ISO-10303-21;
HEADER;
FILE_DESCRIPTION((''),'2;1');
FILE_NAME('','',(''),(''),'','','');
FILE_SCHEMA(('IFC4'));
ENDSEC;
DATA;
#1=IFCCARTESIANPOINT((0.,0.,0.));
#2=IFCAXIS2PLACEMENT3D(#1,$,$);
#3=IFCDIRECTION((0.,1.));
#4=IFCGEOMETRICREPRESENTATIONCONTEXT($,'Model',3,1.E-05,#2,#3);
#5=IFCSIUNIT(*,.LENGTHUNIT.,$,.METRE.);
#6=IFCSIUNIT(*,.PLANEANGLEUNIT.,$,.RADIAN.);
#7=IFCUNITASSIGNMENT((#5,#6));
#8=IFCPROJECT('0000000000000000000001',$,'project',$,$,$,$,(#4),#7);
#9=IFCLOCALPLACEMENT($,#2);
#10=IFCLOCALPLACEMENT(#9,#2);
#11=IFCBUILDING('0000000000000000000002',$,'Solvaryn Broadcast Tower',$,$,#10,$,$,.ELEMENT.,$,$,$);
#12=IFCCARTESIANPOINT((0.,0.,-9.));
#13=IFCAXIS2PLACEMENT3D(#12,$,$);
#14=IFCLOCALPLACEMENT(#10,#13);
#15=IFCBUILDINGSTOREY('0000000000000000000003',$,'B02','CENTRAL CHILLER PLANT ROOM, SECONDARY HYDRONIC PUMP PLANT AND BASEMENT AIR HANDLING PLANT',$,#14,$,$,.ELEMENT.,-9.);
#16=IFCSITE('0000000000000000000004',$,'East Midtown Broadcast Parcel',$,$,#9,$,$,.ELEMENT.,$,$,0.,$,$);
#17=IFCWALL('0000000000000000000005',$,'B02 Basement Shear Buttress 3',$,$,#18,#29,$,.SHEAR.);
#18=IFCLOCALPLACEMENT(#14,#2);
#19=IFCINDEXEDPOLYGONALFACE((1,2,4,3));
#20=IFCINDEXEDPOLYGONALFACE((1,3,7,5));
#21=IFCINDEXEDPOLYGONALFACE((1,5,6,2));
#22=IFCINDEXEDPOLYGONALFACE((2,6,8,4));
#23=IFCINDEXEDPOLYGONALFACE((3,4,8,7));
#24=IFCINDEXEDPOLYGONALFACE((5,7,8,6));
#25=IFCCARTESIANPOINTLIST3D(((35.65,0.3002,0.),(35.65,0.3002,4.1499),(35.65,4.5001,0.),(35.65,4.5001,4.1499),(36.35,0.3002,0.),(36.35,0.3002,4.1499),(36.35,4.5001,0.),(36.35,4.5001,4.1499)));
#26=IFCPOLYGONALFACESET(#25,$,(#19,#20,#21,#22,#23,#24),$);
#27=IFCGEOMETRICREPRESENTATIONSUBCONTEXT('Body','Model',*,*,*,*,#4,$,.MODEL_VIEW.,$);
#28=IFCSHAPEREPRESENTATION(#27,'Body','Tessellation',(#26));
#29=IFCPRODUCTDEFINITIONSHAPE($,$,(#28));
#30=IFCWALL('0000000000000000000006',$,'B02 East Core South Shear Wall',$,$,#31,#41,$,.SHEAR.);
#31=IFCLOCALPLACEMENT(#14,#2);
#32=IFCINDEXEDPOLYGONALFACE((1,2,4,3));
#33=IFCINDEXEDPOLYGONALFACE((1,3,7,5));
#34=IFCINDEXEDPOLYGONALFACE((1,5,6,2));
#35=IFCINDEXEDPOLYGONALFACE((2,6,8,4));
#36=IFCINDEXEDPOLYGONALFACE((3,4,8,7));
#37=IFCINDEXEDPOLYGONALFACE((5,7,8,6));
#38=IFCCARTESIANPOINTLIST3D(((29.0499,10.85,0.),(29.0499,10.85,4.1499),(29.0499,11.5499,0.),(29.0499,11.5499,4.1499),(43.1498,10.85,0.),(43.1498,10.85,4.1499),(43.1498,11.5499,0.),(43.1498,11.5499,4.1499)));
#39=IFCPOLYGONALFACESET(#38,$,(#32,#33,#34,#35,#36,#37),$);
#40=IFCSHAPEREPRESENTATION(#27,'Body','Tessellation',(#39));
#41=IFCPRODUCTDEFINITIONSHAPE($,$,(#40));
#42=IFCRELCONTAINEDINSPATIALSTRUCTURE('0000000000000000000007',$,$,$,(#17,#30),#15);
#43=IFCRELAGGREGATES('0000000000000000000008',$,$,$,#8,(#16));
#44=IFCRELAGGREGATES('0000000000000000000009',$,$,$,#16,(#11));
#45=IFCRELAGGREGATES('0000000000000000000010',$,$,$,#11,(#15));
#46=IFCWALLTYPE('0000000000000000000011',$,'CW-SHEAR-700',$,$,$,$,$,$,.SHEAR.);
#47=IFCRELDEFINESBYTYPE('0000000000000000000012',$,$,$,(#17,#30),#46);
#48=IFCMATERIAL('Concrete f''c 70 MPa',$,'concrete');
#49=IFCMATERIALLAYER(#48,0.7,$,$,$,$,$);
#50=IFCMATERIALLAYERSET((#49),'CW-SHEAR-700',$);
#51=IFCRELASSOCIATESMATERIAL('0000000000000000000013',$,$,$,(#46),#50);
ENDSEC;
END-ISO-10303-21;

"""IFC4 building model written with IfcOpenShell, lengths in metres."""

from ifc_helpers import new_model, si_unit, direction, frame, frame_2d, origin, place, context, subcontext, project, spatial, rectangle, extrude, material, layer, layer_set, type_object, element, save


model = new_model("IFC4")

# Units and contexts
model_context = context("Model", 3, precision=1e-05, world=origin(), true_north=direction((0.0, 1.0)))
body_context = subcontext(model_context, "Body", "Model", "MODEL_VIEW")
ifc_project = project(units=[si_unit("LENGTHUNIT", "METRE"), si_unit("PLANEANGLEUNIT", "RADIAN")], contexts=[model_context])

# Site, building, storey
site_placement = place(None, origin())
site = spatial("IfcSite", under=ifc_project, at=site_placement, Name="East Midtown Broadcast Parcel", CompositionType="ELEMENT", RefElevation=0.0)
building_placement = place(site_placement, origin())
building = spatial("IfcBuilding", under=site, at=building_placement, Name="Solvaryn Broadcast Tower", CompositionType="ELEMENT")
storey_placement = place(building_placement, frame((0.0, 0.0, -9.0)))
storey = spatial("IfcBuildingStorey", under=building, at=storey_placement, Name="B02", Description="CENTRAL CHILLER PLANT ROOM, SECONDARY HYDRONIC PUMP PLANT AND BASEMENT AIR HANDLING PLANT", CompositionType="ELEMENT", Elevation=-9.0)

# Walls
ifc_material_1 = material(Name="Concrete f'c 70 MPa", Category="concrete")
ifc_layer = layer(ifc_material_1, 0.7)
ifc_layer_set = layer_set([ifc_layer], Name="CW-SHEAR-700")
wall_type = type_object("IfcWallType", Name="CW-SHEAR-700", PredefinedType="SHEAR", material=ifc_layer_set)
wall_1_placement = place(storey_placement, frame((36.0, 0.3, 0.0), z_axis=(0.0, 0.0, 1.0), x_axis=(0.0, 1.0, 0.0)))
element("IfcWall", 1, at=wall_1_placement, inside=storey, type_object=wall_type, Name="B02 Basement Shear Buttress 3", PredefinedType="SHEAR", context=body_context, shape_type="SweptSolid", body=[
    extrude(rectangle(XDim=4.2, YDim=0.7, at=frame_2d((2.1001, 0.0))), origin(), (0.0, 0.0, 1.0), 4.1499),
])
wall_2_placement = place(storey_placement, frame((29.05, 11.2, 0.0), z_axis=(0.0, 0.0, 1.0), x_axis=(1.0, 0.0, 0.0)))
element("IfcWall", 2, at=wall_2_placement, inside=storey, type_object=wall_type, Name="B02 East Core South Shear Wall", PredefinedType="SHEAR", context=body_context, shape_type="SweptSolid", body=[
    extrude(rectangle(XDim=14.0999, YDim=0.7, at=frame_2d((7.0498, 0.0))), origin(), (0.0, 0.0, 1.0), 4.1499),
])

save(model, "model.ifc")
